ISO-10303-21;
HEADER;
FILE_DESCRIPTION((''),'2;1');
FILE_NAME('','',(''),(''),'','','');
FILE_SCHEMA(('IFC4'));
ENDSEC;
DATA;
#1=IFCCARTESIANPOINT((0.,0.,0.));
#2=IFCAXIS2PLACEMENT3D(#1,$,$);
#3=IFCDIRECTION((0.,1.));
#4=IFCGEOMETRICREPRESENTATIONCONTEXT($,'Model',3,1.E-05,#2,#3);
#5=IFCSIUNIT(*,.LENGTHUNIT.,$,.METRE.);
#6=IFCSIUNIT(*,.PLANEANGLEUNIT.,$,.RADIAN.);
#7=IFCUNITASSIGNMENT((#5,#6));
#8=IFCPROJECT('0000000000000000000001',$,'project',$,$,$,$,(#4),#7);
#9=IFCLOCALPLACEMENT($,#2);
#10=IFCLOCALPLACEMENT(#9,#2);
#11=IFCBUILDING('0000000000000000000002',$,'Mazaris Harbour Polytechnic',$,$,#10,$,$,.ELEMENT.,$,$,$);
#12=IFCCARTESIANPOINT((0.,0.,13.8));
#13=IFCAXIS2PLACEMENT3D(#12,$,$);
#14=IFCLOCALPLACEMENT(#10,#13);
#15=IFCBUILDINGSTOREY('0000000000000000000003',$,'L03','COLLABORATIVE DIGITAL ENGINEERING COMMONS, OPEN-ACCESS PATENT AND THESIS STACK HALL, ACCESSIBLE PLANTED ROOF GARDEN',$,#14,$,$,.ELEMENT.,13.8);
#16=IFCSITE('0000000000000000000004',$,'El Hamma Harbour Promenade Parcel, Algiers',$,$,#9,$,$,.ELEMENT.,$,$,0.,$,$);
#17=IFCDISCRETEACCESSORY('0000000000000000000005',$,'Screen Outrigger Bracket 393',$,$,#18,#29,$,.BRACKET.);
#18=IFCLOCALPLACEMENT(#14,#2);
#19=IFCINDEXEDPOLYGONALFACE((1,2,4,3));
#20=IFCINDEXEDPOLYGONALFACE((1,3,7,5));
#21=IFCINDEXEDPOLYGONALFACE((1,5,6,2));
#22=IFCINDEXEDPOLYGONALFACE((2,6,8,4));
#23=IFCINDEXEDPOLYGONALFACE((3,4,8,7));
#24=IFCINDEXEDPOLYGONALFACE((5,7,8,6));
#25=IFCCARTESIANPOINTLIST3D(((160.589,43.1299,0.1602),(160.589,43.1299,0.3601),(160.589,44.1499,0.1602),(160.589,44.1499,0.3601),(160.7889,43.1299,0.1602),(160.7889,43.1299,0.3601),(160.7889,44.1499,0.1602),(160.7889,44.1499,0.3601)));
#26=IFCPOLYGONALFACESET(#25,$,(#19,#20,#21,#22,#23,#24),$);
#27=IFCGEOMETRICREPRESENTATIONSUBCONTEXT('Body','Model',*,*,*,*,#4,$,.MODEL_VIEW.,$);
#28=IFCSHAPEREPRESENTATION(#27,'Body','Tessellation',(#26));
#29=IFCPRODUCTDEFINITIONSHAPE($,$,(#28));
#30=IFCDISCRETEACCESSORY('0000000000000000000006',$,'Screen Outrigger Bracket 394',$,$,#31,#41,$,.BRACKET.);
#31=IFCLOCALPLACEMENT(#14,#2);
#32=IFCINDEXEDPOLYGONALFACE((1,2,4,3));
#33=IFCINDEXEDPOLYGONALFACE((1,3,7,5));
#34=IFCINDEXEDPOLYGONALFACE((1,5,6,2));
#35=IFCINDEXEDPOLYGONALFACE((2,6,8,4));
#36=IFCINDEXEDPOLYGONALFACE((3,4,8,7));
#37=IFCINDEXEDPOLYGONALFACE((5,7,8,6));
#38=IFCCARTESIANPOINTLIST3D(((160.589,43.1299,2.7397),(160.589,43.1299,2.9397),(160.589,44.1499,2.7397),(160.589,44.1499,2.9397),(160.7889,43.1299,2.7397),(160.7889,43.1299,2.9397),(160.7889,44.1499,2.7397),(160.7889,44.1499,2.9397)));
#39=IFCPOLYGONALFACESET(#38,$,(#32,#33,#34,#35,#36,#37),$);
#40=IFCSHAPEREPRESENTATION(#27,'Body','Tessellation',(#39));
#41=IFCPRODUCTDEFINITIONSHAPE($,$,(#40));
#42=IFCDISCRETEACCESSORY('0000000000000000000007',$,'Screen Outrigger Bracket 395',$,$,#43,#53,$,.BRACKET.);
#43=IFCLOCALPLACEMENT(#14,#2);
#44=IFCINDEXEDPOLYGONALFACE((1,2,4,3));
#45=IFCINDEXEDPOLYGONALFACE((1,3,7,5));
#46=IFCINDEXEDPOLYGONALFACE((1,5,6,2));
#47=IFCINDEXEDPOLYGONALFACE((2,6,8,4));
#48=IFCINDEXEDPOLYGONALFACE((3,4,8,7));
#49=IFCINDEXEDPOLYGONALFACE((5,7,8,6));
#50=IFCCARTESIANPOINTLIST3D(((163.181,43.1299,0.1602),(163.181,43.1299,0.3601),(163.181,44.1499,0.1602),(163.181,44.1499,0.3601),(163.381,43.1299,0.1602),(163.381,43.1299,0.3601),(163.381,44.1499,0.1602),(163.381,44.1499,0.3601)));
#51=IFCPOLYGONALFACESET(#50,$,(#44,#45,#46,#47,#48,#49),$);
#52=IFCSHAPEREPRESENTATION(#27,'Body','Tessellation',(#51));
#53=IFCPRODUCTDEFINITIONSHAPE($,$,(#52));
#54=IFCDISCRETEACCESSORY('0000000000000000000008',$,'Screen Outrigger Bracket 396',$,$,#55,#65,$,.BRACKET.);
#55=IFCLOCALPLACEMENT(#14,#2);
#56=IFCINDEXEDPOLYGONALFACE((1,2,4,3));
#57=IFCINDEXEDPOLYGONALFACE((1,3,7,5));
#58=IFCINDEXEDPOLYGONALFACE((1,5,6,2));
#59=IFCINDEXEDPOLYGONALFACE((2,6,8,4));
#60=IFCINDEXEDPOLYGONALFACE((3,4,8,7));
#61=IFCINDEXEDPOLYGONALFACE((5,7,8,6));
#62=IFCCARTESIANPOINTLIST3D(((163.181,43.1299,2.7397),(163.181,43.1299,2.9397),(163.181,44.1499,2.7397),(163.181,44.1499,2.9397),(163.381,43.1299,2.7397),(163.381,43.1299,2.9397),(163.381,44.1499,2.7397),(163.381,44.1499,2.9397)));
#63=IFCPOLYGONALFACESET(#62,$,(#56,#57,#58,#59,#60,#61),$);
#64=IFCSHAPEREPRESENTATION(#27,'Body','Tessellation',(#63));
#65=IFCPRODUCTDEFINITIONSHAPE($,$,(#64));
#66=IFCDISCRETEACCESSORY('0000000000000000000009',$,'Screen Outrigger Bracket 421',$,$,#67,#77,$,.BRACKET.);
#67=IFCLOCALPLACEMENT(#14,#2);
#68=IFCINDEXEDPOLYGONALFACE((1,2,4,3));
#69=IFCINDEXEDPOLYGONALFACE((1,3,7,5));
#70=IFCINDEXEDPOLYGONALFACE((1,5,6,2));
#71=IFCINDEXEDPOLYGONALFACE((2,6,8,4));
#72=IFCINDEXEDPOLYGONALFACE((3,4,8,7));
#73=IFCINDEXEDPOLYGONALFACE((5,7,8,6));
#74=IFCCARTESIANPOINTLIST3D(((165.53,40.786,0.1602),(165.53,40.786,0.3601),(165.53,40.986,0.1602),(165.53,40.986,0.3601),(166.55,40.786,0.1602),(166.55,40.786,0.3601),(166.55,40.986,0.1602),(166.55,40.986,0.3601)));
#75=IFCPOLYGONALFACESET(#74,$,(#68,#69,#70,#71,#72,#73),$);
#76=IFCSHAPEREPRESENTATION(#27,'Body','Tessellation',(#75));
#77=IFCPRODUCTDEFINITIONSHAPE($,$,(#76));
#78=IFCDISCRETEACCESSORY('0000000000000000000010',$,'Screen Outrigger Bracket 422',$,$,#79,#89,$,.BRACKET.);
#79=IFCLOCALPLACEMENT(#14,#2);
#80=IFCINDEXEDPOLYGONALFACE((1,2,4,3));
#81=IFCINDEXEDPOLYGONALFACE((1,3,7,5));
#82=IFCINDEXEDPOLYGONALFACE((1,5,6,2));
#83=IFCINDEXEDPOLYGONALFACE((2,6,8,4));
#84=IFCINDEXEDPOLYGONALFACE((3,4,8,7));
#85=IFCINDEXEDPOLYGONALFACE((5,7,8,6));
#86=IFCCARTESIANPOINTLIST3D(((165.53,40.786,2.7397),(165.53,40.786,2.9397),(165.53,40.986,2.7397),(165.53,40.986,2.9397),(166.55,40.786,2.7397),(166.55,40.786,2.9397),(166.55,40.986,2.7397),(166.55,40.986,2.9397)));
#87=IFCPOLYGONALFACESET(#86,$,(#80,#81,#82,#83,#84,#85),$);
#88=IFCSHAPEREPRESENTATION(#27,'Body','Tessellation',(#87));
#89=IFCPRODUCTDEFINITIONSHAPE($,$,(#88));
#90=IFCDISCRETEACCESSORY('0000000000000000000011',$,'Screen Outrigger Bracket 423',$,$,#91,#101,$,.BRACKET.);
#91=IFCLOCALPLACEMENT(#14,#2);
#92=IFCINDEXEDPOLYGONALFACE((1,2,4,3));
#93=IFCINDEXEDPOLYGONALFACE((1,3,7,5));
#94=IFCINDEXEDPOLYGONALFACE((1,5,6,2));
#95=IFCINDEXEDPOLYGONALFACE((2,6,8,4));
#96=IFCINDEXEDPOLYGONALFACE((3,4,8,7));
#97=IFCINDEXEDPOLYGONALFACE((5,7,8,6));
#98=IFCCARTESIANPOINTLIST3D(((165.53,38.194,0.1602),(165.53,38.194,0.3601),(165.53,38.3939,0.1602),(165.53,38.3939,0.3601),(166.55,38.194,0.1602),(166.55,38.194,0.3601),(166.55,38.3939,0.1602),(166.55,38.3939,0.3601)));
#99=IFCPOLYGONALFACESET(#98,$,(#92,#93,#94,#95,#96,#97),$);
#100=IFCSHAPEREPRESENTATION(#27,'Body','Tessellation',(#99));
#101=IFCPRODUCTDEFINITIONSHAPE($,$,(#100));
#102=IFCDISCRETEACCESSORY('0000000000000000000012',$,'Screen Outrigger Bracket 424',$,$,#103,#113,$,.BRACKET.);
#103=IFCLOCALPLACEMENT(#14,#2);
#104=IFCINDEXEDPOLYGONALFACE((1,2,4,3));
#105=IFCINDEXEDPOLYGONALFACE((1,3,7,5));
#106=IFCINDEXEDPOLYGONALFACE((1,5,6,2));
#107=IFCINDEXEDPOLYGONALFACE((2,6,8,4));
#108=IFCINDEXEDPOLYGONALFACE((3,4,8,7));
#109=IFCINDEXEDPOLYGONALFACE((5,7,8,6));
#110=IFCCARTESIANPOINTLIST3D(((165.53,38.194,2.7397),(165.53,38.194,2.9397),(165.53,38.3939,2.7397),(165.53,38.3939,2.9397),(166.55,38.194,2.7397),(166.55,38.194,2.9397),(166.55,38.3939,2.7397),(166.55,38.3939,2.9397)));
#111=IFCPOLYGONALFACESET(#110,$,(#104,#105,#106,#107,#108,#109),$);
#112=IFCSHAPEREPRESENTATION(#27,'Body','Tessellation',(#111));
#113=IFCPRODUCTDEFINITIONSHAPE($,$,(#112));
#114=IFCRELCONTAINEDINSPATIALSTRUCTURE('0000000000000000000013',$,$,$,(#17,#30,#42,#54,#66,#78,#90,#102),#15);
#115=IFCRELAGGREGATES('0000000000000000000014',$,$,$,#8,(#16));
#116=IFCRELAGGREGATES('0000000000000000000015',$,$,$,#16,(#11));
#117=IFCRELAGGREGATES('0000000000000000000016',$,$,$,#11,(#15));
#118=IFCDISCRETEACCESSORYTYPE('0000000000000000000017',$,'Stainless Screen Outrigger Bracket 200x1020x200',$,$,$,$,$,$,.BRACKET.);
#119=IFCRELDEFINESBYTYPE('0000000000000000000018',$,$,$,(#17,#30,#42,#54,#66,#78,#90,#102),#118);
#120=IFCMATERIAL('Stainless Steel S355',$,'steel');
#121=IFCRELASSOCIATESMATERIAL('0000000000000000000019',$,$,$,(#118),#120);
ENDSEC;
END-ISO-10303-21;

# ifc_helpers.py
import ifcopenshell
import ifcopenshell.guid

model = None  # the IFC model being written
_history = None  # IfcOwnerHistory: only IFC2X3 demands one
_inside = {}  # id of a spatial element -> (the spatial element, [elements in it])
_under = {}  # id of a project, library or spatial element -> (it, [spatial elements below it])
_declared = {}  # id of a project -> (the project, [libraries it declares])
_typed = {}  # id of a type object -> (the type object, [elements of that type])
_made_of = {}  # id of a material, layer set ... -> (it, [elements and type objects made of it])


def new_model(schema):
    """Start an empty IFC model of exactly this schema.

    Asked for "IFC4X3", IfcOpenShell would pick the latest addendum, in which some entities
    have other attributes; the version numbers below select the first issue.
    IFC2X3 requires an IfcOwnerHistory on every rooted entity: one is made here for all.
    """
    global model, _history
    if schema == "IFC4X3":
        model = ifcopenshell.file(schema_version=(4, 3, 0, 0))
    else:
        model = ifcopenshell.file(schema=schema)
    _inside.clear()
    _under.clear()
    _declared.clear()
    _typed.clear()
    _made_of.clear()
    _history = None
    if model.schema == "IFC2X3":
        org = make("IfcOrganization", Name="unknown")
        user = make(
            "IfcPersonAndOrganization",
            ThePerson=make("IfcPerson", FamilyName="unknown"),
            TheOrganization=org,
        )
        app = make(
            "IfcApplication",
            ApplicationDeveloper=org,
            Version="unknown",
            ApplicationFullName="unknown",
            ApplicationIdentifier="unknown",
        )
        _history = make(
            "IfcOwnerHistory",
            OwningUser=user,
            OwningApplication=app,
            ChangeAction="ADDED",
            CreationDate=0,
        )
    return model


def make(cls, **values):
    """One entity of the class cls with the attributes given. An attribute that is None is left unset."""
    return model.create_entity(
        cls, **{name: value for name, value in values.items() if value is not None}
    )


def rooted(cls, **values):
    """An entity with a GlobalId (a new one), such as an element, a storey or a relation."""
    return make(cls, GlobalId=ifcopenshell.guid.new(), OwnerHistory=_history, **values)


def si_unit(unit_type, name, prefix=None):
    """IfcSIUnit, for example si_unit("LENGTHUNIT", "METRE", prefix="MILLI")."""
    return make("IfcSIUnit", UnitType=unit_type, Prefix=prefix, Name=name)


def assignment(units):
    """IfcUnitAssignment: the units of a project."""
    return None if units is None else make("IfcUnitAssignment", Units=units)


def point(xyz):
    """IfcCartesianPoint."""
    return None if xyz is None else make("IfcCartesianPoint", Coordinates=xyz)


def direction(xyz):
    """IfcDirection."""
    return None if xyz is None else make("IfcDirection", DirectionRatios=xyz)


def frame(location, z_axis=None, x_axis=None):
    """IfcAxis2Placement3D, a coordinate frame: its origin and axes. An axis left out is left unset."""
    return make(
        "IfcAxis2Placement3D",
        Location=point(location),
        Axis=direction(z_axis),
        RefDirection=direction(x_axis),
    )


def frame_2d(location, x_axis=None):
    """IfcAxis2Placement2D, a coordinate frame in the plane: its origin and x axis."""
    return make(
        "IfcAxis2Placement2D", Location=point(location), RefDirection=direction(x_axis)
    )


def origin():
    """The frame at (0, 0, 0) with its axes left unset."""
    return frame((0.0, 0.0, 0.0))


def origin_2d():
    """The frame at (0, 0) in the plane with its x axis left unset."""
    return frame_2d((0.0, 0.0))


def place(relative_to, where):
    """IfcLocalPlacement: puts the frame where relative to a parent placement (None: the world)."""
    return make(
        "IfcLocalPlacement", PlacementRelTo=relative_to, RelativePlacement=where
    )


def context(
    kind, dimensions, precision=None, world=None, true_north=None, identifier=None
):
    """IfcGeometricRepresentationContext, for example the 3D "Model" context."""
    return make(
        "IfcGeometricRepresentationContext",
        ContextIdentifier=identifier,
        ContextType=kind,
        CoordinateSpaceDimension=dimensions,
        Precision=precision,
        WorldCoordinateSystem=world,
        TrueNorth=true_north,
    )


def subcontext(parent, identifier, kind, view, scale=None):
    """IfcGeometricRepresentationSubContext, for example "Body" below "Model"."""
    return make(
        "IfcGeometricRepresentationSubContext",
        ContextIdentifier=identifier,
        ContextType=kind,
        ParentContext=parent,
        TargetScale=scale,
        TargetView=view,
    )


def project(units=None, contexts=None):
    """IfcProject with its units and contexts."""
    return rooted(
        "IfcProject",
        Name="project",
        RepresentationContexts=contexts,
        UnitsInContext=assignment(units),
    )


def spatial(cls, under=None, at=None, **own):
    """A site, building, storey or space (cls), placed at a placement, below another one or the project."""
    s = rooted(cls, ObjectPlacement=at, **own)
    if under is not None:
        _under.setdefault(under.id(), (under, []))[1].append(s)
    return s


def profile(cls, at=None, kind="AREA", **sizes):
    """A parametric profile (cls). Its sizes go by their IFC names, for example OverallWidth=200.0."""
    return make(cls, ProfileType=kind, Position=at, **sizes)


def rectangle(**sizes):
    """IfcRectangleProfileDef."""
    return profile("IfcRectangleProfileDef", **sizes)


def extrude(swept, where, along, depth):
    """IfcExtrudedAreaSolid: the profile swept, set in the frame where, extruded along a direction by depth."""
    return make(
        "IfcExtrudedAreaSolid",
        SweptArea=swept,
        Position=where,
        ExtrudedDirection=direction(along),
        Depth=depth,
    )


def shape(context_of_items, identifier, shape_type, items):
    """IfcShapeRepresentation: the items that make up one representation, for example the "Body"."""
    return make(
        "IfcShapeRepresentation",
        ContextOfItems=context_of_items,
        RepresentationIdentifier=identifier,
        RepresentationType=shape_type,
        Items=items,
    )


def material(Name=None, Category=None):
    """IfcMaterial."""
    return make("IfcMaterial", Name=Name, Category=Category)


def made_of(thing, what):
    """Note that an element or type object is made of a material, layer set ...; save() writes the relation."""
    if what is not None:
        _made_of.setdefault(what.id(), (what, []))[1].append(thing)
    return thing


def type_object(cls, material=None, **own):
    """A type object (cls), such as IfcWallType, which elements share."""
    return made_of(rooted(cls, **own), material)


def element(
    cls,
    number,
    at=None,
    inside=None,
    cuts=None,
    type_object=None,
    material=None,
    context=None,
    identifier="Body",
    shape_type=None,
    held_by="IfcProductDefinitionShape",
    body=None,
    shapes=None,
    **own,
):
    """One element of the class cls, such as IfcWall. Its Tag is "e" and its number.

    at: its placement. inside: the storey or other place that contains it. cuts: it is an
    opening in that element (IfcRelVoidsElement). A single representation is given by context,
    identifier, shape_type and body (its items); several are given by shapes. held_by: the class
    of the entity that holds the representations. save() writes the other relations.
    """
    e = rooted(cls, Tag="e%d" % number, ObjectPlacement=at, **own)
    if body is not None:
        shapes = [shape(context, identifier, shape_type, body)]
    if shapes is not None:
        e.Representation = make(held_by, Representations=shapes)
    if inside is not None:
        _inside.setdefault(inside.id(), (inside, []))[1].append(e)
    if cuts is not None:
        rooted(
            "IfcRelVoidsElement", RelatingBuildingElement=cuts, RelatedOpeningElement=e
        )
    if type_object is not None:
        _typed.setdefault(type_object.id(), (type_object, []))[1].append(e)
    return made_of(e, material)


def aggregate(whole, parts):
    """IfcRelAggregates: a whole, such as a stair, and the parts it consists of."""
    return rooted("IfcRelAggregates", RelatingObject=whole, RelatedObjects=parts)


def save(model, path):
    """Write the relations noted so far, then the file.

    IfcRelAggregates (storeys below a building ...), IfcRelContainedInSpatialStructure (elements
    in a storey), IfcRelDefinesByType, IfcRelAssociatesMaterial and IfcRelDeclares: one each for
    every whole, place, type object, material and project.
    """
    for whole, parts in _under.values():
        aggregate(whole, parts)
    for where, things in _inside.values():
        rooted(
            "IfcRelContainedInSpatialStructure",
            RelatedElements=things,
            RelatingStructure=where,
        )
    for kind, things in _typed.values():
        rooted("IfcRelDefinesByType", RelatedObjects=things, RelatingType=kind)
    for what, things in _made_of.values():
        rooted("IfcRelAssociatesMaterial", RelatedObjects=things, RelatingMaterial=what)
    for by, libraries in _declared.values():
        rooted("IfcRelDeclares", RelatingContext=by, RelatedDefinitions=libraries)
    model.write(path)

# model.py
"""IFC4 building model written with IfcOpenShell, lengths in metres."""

from ifc_helpers import new_model, si_unit, direction, frame, origin, origin_2d, place, context, subcontext, project, spatial, rectangle, extrude, material, type_object, element, save


model = new_model("IFC4")

# Units and contexts
model_context = context("Model", 3, precision=1e-05, world=origin(), true_north=direction((0.0, 1.0)))
body_context = subcontext(model_context, "Body", "Model", "MODEL_VIEW")
ifc_project = project(units=[si_unit("LENGTHUNIT", "METRE"), si_unit("PLANEANGLEUNIT", "RADIAN")], contexts=[model_context])

# Site, building, storey
site_placement = place(None, origin())
site = spatial("IfcSite", under=ifc_project, at=site_placement, Name="El Hamma Harbour Promenade Parcel, Algiers", CompositionType="ELEMENT", RefElevation=0.0)
building_placement = place(site_placement, origin())
building = spatial("IfcBuilding", under=site, at=building_placement, Name="Mazaris Harbour Polytechnic", CompositionType="ELEMENT")
storey_placement = place(building_placement, frame((0.0, 0.0, 13.8)))
storey = spatial("IfcBuildingStorey", under=building, at=storey_placement, Name="L03", Description="COLLABORATIVE DIGITAL ENGINEERING COMMONS, OPEN-ACCESS PATENT AND THESIS STACK HALL, ACCESSIBLE PLANTED ROOF GARDEN", CompositionType="ELEMENT", Elevation=13.8)

# Discrete accessories
ifc_material_1 = material(Name="Stainless Steel S355", Category="steel")
discrete_accessory_type = type_object("IfcDiscreteAccessoryType", Name="Stainless Screen Outrigger Bracket 200x1020x200", PredefinedType="BRACKET", material=ifc_material_1)
for number, where, z_axis, x_axis, name in (
    (1, (160.689, 43.6399, 0.1602), (0.0, 0.0, 1.0), (1.0, 0.0, 0.0), "Screen Outrigger Bracket 393"),
    (2, (160.689, 43.6399, 2.7397), (0.0, 0.0, 1.0), (1.0, 0.0, 0.0), "Screen Outrigger Bracket 394"),
    (3, (163.281, 43.6399, 0.1602), (0.0, 0.0, 1.0), (1.0, 0.0, 0.0), "Screen Outrigger Bracket 395"),
    (4, (163.281, 43.6399, 2.7397), (0.0, 0.0, 1.0), (1.0, 0.0, 0.0), "Screen Outrigger Bracket 396"),
    (5, (166.04, 40.886, 0.1602), (0.0, 0.0, 1.0), (0.0, -1.0, 0.0), "Screen Outrigger Bracket 421"),
    (6, (166.04, 40.886, 2.7397), (0.0, 0.0, 1.0), (0.0, -1.0, 0.0), "Screen Outrigger Bracket 422"),
    (7, (166.04, 38.2939, 0.1602), (0.0, 0.0, 1.0), (0.0, -1.0, 0.0), "Screen Outrigger Bracket 423"),
    (8, (166.04, 38.2939, 2.7397), (0.0, 0.0, 1.0), (0.0, -1.0, 0.0), "Screen Outrigger Bracket 424"),
):
    element("IfcDiscreteAccessory", number, at=place(storey_placement, frame(where, z_axis=z_axis, x_axis=x_axis)), inside=storey, type_object=discrete_accessory_type, Name=name, PredefinedType="BRACKET", context=body_context, shape_type="SweptSolid", body=[
        extrude(rectangle(XDim=0.2, YDim=1.02, at=origin_2d()), origin(), (0.0, 0.0, 1.0), 0.2),
    ])

save(model, "model.ifc")
